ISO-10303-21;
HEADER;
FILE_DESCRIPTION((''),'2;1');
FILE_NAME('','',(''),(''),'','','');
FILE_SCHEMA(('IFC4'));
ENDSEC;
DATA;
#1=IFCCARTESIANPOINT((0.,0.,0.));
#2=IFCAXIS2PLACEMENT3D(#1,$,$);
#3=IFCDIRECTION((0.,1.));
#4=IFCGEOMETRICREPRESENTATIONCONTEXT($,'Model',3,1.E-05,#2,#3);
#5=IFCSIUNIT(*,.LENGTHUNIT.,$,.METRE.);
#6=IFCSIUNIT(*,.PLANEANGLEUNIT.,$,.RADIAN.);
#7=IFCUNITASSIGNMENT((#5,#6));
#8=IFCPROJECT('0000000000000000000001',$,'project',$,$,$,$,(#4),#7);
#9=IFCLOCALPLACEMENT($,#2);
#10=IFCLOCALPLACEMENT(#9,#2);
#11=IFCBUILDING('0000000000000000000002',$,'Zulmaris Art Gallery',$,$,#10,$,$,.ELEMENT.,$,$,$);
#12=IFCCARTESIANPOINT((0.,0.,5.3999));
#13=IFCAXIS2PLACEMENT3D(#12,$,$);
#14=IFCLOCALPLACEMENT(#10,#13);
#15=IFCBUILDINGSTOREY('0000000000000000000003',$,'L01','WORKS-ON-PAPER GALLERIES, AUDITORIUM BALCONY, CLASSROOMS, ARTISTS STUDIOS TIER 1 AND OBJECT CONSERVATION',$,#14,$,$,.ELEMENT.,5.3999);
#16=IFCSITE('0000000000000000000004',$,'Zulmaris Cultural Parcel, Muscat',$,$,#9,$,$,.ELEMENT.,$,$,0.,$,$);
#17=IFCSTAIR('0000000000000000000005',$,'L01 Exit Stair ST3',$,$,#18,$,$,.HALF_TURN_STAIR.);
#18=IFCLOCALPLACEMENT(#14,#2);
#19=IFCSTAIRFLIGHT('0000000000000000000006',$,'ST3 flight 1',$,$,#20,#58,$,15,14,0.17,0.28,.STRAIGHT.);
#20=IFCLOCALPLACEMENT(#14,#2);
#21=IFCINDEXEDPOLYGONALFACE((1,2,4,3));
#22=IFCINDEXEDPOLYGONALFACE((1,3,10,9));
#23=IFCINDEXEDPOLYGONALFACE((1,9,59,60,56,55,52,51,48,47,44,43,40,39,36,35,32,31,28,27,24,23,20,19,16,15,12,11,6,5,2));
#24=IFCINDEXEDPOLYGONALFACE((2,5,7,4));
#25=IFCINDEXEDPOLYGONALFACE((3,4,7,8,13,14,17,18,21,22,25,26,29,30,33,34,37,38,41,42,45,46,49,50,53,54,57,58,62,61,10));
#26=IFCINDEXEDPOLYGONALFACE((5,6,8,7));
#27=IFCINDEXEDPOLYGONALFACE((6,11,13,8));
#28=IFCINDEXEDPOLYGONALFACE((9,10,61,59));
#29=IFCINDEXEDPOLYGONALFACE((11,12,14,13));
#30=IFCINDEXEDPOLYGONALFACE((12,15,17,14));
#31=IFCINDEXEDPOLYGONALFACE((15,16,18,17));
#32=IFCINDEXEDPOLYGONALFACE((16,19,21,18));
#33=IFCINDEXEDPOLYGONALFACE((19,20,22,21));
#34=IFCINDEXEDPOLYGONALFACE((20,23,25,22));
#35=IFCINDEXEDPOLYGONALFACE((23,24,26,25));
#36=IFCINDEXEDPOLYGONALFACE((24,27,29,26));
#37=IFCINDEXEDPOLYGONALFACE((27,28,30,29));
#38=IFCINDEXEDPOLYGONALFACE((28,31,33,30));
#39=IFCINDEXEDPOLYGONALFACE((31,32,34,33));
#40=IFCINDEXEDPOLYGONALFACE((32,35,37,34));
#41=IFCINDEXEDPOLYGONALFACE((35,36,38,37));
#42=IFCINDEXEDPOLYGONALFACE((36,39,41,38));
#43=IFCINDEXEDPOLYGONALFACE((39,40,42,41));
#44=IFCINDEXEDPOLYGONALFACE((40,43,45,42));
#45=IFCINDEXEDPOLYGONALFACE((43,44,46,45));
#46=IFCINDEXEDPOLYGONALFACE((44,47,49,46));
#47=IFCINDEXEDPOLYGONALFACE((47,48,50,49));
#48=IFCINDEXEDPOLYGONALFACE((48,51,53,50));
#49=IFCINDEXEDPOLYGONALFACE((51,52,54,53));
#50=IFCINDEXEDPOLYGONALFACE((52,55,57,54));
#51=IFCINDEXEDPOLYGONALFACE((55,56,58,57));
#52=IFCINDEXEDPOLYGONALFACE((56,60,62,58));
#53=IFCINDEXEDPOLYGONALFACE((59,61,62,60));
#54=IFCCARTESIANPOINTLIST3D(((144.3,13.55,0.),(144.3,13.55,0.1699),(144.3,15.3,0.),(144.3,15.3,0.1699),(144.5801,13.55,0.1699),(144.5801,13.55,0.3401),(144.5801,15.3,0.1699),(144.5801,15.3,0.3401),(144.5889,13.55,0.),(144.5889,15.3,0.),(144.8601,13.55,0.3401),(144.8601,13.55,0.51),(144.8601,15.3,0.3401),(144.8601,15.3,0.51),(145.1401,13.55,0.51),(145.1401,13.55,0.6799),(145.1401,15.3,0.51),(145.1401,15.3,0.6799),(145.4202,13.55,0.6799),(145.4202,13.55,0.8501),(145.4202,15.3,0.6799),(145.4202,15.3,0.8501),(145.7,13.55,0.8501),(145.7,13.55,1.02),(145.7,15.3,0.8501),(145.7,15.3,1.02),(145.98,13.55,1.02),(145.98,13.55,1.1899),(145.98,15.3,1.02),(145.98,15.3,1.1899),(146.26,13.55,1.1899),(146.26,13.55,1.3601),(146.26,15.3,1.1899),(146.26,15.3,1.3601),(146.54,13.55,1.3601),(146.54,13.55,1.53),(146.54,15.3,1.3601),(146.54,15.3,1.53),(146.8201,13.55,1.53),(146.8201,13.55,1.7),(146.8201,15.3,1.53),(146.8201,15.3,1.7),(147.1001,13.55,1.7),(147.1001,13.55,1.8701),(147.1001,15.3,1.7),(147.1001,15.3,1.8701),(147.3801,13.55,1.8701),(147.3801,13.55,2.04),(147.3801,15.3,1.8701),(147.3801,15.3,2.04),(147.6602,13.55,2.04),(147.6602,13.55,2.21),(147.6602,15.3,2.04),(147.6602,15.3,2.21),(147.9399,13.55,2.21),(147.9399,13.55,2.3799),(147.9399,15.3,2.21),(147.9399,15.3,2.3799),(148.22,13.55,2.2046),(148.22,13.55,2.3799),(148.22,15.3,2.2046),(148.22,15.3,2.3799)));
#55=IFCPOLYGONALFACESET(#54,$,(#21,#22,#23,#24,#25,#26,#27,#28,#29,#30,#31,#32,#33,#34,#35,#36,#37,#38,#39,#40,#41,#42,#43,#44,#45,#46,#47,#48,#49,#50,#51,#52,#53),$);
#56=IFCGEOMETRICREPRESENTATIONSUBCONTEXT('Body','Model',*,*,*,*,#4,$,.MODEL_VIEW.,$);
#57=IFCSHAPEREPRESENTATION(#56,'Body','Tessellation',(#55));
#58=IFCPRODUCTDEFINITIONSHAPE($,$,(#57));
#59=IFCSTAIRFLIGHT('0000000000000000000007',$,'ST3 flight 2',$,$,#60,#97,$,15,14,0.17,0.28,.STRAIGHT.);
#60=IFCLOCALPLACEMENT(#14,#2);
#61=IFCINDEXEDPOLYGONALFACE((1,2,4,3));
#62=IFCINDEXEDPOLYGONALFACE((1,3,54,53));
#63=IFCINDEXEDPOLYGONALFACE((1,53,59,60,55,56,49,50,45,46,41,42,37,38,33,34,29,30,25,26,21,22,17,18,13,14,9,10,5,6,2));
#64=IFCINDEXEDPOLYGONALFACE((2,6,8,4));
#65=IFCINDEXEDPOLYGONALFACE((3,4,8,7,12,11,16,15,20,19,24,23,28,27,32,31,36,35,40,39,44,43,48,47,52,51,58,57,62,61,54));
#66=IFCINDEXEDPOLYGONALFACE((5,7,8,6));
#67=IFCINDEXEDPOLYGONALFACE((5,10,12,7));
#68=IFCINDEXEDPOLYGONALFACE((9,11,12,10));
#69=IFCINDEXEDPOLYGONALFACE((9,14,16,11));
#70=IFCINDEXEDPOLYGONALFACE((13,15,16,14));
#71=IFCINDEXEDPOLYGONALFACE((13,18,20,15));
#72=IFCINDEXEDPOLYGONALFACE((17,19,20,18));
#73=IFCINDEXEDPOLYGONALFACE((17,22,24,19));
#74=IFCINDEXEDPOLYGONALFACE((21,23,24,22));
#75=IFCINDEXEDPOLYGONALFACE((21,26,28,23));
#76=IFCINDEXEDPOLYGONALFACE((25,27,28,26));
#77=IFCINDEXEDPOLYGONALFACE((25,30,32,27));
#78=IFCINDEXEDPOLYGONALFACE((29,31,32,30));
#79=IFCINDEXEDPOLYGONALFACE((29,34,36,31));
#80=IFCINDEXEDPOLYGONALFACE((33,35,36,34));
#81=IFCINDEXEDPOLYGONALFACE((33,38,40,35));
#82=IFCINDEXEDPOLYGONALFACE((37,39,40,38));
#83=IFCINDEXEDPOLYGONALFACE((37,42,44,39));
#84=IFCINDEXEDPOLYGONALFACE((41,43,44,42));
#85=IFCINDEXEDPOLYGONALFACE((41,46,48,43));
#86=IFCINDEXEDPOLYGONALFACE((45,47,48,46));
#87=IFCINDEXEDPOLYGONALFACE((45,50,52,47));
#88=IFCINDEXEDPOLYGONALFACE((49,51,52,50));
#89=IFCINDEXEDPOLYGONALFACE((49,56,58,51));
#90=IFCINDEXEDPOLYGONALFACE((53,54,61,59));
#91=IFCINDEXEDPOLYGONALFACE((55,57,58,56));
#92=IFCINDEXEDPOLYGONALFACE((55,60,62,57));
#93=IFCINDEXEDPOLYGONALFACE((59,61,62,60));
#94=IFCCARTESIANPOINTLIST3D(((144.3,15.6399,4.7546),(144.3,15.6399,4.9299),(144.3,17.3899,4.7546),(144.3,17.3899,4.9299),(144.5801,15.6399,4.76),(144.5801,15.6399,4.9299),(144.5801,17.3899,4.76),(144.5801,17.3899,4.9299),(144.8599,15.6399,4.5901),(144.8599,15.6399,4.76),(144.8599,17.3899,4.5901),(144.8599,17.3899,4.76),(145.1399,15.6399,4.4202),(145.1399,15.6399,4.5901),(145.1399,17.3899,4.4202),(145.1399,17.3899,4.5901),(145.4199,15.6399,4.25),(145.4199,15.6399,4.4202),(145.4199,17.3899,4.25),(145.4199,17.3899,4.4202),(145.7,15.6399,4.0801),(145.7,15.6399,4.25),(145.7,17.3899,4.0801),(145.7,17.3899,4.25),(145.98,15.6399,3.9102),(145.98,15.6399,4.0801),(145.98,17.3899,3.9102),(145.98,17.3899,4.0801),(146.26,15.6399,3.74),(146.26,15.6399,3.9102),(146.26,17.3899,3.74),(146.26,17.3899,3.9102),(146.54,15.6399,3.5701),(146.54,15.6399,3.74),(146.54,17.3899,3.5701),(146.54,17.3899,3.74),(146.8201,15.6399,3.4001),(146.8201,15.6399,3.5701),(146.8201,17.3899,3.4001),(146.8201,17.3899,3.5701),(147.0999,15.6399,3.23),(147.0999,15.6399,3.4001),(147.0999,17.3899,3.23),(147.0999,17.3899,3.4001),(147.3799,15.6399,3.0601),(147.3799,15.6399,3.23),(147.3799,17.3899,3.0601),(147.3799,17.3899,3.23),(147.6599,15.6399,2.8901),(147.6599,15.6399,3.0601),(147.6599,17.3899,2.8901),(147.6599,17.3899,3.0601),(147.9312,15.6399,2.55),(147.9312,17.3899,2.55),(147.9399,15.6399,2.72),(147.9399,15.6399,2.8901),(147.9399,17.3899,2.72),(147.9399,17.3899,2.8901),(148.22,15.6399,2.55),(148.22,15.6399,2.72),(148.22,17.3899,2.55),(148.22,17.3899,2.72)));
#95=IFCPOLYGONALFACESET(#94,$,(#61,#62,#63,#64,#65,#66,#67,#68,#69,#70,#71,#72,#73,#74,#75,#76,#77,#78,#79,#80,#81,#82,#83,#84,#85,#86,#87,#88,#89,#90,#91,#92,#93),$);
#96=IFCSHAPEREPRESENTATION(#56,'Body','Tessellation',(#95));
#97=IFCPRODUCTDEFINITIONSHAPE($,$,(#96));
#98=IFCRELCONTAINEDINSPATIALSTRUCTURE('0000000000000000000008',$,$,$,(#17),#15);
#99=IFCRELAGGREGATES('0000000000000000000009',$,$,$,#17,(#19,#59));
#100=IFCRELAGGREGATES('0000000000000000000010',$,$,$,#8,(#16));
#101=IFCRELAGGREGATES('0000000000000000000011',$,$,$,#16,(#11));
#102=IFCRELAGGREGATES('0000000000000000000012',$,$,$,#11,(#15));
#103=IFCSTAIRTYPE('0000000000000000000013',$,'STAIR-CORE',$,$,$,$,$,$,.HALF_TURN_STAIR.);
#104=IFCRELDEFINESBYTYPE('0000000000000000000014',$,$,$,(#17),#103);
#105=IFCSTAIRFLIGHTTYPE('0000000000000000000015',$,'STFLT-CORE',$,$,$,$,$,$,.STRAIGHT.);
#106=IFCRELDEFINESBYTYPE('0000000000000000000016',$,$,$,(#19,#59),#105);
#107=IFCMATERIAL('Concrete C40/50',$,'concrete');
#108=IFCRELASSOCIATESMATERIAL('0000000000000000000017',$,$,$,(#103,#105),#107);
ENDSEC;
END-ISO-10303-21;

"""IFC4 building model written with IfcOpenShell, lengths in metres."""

from ifc_helpers import new_model, si_unit, direction, frame, origin, place, context, subcontext, project, spatial, polyline, outline, extrude, material, type_object, element, aggregate, save


model = new_model("IFC4")

# Units and contexts
model_context = context("Model", 3, precision=1e-05, world=origin(), true_north=direction((0.0, 1.0)))
body_context = subcontext(model_context, "Body", "Model", "MODEL_VIEW")
ifc_project = project(units=[si_unit("LENGTHUNIT", "METRE"), si_unit("PLANEANGLEUNIT", "RADIAN")], contexts=[model_context])

# Site, building, storey
site_placement = place(None, origin())
site = spatial("IfcSite", under=ifc_project, at=site_placement, Name="Zulmaris Cultural Parcel, Muscat", CompositionType="ELEMENT", RefElevation=0.0)
building_placement = place(site_placement, origin())
building = spatial("IfcBuilding", under=site, at=building_placement, Name="Zulmaris Art Gallery", CompositionType="ELEMENT")
storey_placement = place(building_placement, frame((0.0, 0.0, 5.3999)))
storey = spatial("IfcBuildingStorey", under=building, at=storey_placement, Name="L01", Description="WORKS-ON-PAPER GALLERIES, AUDITORIUM BALCONY, CLASSROOMS, ARTISTS STUDIOS TIER 1 AND OBJECT CONSERVATION", CompositionType="ELEMENT", Elevation=5.3999)

# Shared definitions
ifc_material_1 = material(Name="Concrete C40/50", Category="concrete")

# Stair, stair flights
stair_type = type_object("IfcStairType", Name="STAIR-CORE", PredefinedType="HALF_TURN_STAIR", material=ifc_material_1)
stair_placement = place(storey_placement, origin())
stair = element("IfcStair", 1, at=stair_placement, inside=storey, type_object=stair_type, Name="L01 Exit Stair ST3", PredefinedType="HALF_TURN_STAIR")
stair_flight_type = type_object("IfcStairFlightType", Name="STFLT-CORE", PredefinedType="STRAIGHT", material=ifc_material_1)
stair_flight_1_placement = place(storey_placement, frame((144.3, 14.425, 0.0), z_axis=(0.0, 0.0, 1.0), x_axis=(1.0, 0.0, 0.0)))
stair_flight_1 = element("IfcStairFlight", 2, at=stair_flight_1_placement, type_object=stair_flight_type, Name="ST3 flight 1", NumberOfRisers=15, NumberOfTreads=14, PredefinedType="STRAIGHT", RiserHeight=0.17, TreadLength=0.28, context=body_context, shape_type="SweptSolid", body=[
    extrude(outline(polyline([(0.0, 0.0), (0.0, 0.1699), (0.28, 0.1699), (0.28, 0.3401), (0.5601, 0.3401), (0.5601, 0.51), (0.8401, 0.51), (0.8401, 0.6799), (1.1201, 0.6799), (1.1201, 0.8501), (1.3999, 0.8501), (1.3999, 1.02), (1.6799, 1.02), (1.6799, 1.1899), (1.96, 1.1899), (1.96, 1.3601), (2.24, 1.3601), (2.24, 1.53), (2.52, 1.53), (2.52, 1.7), (2.8, 1.7), (2.8, 1.8701), (3.0801, 1.8701), (3.0801, 2.04), (3.3601, 2.04), (3.3601, 2.21), (3.6399, 2.21), (3.6399, 2.3799), (3.9199, 2.3799), (3.9199, 2.55), (3.9199, 2.2046), (0.2888, 0.0), (0.0, 0.0)])), frame((0.0, 0.875, 0.0), z_axis=(0.0, -1.0, 0.0), x_axis=(1.0, 0.0, 0.0)), (0.0, 0.0, 1.0), 1.75),
])
stair_flight_2_placement = place(storey_placement, frame((148.22, 16.5149, 2.55), z_axis=(0.0, 0.0, 1.0), x_axis=(-1.0, 0.0, 0.0)))
stair_flight_2 = element("IfcStairFlight", 3, at=stair_flight_2_placement, type_object=stair_flight_type, Name="ST3 flight 2", NumberOfRisers=15, NumberOfTreads=14, PredefinedType="STRAIGHT", RiserHeight=0.17, TreadLength=0.28, context=body_context, shape_type="SweptSolid", body=[
    extrude(outline(polyline([(0.0, 0.0), (0.0, 0.1699), (0.28, 0.1699), (0.28, 0.3401), (0.5601, 0.3401), (0.5601, 0.51), (0.8401, 0.51), (0.8401, 0.6799), (1.1201, 0.6799), (1.1201, 0.8501), (1.3999, 0.8501), (1.3999, 1.02), (1.6799, 1.02), (1.6799, 1.1899), (1.96, 1.1899), (1.96, 1.3601), (2.24, 1.3601), (2.24, 1.53), (2.52, 1.53), (2.52, 1.7), (2.8, 1.7), (2.8, 1.8701), (3.0801, 1.8701), (3.0801, 2.04), (3.3601, 2.04), (3.3601, 2.21), (3.6399, 2.21), (3.6399, 2.3799), (3.9199, 2.3799), (3.9199, 2.55), (3.9199, 2.2046), (0.2888, 0.0), (0.0, 0.0)])), frame((0.0, 0.875, 0.0), z_axis=(0.0, -1.0, 0.0), x_axis=(1.0, 0.0, 0.0)), (0.0, 0.0, 1.0), 1.75),
])
aggregate(stair, [stair_flight_1, stair_flight_2])

save(model, "model.ifc")
